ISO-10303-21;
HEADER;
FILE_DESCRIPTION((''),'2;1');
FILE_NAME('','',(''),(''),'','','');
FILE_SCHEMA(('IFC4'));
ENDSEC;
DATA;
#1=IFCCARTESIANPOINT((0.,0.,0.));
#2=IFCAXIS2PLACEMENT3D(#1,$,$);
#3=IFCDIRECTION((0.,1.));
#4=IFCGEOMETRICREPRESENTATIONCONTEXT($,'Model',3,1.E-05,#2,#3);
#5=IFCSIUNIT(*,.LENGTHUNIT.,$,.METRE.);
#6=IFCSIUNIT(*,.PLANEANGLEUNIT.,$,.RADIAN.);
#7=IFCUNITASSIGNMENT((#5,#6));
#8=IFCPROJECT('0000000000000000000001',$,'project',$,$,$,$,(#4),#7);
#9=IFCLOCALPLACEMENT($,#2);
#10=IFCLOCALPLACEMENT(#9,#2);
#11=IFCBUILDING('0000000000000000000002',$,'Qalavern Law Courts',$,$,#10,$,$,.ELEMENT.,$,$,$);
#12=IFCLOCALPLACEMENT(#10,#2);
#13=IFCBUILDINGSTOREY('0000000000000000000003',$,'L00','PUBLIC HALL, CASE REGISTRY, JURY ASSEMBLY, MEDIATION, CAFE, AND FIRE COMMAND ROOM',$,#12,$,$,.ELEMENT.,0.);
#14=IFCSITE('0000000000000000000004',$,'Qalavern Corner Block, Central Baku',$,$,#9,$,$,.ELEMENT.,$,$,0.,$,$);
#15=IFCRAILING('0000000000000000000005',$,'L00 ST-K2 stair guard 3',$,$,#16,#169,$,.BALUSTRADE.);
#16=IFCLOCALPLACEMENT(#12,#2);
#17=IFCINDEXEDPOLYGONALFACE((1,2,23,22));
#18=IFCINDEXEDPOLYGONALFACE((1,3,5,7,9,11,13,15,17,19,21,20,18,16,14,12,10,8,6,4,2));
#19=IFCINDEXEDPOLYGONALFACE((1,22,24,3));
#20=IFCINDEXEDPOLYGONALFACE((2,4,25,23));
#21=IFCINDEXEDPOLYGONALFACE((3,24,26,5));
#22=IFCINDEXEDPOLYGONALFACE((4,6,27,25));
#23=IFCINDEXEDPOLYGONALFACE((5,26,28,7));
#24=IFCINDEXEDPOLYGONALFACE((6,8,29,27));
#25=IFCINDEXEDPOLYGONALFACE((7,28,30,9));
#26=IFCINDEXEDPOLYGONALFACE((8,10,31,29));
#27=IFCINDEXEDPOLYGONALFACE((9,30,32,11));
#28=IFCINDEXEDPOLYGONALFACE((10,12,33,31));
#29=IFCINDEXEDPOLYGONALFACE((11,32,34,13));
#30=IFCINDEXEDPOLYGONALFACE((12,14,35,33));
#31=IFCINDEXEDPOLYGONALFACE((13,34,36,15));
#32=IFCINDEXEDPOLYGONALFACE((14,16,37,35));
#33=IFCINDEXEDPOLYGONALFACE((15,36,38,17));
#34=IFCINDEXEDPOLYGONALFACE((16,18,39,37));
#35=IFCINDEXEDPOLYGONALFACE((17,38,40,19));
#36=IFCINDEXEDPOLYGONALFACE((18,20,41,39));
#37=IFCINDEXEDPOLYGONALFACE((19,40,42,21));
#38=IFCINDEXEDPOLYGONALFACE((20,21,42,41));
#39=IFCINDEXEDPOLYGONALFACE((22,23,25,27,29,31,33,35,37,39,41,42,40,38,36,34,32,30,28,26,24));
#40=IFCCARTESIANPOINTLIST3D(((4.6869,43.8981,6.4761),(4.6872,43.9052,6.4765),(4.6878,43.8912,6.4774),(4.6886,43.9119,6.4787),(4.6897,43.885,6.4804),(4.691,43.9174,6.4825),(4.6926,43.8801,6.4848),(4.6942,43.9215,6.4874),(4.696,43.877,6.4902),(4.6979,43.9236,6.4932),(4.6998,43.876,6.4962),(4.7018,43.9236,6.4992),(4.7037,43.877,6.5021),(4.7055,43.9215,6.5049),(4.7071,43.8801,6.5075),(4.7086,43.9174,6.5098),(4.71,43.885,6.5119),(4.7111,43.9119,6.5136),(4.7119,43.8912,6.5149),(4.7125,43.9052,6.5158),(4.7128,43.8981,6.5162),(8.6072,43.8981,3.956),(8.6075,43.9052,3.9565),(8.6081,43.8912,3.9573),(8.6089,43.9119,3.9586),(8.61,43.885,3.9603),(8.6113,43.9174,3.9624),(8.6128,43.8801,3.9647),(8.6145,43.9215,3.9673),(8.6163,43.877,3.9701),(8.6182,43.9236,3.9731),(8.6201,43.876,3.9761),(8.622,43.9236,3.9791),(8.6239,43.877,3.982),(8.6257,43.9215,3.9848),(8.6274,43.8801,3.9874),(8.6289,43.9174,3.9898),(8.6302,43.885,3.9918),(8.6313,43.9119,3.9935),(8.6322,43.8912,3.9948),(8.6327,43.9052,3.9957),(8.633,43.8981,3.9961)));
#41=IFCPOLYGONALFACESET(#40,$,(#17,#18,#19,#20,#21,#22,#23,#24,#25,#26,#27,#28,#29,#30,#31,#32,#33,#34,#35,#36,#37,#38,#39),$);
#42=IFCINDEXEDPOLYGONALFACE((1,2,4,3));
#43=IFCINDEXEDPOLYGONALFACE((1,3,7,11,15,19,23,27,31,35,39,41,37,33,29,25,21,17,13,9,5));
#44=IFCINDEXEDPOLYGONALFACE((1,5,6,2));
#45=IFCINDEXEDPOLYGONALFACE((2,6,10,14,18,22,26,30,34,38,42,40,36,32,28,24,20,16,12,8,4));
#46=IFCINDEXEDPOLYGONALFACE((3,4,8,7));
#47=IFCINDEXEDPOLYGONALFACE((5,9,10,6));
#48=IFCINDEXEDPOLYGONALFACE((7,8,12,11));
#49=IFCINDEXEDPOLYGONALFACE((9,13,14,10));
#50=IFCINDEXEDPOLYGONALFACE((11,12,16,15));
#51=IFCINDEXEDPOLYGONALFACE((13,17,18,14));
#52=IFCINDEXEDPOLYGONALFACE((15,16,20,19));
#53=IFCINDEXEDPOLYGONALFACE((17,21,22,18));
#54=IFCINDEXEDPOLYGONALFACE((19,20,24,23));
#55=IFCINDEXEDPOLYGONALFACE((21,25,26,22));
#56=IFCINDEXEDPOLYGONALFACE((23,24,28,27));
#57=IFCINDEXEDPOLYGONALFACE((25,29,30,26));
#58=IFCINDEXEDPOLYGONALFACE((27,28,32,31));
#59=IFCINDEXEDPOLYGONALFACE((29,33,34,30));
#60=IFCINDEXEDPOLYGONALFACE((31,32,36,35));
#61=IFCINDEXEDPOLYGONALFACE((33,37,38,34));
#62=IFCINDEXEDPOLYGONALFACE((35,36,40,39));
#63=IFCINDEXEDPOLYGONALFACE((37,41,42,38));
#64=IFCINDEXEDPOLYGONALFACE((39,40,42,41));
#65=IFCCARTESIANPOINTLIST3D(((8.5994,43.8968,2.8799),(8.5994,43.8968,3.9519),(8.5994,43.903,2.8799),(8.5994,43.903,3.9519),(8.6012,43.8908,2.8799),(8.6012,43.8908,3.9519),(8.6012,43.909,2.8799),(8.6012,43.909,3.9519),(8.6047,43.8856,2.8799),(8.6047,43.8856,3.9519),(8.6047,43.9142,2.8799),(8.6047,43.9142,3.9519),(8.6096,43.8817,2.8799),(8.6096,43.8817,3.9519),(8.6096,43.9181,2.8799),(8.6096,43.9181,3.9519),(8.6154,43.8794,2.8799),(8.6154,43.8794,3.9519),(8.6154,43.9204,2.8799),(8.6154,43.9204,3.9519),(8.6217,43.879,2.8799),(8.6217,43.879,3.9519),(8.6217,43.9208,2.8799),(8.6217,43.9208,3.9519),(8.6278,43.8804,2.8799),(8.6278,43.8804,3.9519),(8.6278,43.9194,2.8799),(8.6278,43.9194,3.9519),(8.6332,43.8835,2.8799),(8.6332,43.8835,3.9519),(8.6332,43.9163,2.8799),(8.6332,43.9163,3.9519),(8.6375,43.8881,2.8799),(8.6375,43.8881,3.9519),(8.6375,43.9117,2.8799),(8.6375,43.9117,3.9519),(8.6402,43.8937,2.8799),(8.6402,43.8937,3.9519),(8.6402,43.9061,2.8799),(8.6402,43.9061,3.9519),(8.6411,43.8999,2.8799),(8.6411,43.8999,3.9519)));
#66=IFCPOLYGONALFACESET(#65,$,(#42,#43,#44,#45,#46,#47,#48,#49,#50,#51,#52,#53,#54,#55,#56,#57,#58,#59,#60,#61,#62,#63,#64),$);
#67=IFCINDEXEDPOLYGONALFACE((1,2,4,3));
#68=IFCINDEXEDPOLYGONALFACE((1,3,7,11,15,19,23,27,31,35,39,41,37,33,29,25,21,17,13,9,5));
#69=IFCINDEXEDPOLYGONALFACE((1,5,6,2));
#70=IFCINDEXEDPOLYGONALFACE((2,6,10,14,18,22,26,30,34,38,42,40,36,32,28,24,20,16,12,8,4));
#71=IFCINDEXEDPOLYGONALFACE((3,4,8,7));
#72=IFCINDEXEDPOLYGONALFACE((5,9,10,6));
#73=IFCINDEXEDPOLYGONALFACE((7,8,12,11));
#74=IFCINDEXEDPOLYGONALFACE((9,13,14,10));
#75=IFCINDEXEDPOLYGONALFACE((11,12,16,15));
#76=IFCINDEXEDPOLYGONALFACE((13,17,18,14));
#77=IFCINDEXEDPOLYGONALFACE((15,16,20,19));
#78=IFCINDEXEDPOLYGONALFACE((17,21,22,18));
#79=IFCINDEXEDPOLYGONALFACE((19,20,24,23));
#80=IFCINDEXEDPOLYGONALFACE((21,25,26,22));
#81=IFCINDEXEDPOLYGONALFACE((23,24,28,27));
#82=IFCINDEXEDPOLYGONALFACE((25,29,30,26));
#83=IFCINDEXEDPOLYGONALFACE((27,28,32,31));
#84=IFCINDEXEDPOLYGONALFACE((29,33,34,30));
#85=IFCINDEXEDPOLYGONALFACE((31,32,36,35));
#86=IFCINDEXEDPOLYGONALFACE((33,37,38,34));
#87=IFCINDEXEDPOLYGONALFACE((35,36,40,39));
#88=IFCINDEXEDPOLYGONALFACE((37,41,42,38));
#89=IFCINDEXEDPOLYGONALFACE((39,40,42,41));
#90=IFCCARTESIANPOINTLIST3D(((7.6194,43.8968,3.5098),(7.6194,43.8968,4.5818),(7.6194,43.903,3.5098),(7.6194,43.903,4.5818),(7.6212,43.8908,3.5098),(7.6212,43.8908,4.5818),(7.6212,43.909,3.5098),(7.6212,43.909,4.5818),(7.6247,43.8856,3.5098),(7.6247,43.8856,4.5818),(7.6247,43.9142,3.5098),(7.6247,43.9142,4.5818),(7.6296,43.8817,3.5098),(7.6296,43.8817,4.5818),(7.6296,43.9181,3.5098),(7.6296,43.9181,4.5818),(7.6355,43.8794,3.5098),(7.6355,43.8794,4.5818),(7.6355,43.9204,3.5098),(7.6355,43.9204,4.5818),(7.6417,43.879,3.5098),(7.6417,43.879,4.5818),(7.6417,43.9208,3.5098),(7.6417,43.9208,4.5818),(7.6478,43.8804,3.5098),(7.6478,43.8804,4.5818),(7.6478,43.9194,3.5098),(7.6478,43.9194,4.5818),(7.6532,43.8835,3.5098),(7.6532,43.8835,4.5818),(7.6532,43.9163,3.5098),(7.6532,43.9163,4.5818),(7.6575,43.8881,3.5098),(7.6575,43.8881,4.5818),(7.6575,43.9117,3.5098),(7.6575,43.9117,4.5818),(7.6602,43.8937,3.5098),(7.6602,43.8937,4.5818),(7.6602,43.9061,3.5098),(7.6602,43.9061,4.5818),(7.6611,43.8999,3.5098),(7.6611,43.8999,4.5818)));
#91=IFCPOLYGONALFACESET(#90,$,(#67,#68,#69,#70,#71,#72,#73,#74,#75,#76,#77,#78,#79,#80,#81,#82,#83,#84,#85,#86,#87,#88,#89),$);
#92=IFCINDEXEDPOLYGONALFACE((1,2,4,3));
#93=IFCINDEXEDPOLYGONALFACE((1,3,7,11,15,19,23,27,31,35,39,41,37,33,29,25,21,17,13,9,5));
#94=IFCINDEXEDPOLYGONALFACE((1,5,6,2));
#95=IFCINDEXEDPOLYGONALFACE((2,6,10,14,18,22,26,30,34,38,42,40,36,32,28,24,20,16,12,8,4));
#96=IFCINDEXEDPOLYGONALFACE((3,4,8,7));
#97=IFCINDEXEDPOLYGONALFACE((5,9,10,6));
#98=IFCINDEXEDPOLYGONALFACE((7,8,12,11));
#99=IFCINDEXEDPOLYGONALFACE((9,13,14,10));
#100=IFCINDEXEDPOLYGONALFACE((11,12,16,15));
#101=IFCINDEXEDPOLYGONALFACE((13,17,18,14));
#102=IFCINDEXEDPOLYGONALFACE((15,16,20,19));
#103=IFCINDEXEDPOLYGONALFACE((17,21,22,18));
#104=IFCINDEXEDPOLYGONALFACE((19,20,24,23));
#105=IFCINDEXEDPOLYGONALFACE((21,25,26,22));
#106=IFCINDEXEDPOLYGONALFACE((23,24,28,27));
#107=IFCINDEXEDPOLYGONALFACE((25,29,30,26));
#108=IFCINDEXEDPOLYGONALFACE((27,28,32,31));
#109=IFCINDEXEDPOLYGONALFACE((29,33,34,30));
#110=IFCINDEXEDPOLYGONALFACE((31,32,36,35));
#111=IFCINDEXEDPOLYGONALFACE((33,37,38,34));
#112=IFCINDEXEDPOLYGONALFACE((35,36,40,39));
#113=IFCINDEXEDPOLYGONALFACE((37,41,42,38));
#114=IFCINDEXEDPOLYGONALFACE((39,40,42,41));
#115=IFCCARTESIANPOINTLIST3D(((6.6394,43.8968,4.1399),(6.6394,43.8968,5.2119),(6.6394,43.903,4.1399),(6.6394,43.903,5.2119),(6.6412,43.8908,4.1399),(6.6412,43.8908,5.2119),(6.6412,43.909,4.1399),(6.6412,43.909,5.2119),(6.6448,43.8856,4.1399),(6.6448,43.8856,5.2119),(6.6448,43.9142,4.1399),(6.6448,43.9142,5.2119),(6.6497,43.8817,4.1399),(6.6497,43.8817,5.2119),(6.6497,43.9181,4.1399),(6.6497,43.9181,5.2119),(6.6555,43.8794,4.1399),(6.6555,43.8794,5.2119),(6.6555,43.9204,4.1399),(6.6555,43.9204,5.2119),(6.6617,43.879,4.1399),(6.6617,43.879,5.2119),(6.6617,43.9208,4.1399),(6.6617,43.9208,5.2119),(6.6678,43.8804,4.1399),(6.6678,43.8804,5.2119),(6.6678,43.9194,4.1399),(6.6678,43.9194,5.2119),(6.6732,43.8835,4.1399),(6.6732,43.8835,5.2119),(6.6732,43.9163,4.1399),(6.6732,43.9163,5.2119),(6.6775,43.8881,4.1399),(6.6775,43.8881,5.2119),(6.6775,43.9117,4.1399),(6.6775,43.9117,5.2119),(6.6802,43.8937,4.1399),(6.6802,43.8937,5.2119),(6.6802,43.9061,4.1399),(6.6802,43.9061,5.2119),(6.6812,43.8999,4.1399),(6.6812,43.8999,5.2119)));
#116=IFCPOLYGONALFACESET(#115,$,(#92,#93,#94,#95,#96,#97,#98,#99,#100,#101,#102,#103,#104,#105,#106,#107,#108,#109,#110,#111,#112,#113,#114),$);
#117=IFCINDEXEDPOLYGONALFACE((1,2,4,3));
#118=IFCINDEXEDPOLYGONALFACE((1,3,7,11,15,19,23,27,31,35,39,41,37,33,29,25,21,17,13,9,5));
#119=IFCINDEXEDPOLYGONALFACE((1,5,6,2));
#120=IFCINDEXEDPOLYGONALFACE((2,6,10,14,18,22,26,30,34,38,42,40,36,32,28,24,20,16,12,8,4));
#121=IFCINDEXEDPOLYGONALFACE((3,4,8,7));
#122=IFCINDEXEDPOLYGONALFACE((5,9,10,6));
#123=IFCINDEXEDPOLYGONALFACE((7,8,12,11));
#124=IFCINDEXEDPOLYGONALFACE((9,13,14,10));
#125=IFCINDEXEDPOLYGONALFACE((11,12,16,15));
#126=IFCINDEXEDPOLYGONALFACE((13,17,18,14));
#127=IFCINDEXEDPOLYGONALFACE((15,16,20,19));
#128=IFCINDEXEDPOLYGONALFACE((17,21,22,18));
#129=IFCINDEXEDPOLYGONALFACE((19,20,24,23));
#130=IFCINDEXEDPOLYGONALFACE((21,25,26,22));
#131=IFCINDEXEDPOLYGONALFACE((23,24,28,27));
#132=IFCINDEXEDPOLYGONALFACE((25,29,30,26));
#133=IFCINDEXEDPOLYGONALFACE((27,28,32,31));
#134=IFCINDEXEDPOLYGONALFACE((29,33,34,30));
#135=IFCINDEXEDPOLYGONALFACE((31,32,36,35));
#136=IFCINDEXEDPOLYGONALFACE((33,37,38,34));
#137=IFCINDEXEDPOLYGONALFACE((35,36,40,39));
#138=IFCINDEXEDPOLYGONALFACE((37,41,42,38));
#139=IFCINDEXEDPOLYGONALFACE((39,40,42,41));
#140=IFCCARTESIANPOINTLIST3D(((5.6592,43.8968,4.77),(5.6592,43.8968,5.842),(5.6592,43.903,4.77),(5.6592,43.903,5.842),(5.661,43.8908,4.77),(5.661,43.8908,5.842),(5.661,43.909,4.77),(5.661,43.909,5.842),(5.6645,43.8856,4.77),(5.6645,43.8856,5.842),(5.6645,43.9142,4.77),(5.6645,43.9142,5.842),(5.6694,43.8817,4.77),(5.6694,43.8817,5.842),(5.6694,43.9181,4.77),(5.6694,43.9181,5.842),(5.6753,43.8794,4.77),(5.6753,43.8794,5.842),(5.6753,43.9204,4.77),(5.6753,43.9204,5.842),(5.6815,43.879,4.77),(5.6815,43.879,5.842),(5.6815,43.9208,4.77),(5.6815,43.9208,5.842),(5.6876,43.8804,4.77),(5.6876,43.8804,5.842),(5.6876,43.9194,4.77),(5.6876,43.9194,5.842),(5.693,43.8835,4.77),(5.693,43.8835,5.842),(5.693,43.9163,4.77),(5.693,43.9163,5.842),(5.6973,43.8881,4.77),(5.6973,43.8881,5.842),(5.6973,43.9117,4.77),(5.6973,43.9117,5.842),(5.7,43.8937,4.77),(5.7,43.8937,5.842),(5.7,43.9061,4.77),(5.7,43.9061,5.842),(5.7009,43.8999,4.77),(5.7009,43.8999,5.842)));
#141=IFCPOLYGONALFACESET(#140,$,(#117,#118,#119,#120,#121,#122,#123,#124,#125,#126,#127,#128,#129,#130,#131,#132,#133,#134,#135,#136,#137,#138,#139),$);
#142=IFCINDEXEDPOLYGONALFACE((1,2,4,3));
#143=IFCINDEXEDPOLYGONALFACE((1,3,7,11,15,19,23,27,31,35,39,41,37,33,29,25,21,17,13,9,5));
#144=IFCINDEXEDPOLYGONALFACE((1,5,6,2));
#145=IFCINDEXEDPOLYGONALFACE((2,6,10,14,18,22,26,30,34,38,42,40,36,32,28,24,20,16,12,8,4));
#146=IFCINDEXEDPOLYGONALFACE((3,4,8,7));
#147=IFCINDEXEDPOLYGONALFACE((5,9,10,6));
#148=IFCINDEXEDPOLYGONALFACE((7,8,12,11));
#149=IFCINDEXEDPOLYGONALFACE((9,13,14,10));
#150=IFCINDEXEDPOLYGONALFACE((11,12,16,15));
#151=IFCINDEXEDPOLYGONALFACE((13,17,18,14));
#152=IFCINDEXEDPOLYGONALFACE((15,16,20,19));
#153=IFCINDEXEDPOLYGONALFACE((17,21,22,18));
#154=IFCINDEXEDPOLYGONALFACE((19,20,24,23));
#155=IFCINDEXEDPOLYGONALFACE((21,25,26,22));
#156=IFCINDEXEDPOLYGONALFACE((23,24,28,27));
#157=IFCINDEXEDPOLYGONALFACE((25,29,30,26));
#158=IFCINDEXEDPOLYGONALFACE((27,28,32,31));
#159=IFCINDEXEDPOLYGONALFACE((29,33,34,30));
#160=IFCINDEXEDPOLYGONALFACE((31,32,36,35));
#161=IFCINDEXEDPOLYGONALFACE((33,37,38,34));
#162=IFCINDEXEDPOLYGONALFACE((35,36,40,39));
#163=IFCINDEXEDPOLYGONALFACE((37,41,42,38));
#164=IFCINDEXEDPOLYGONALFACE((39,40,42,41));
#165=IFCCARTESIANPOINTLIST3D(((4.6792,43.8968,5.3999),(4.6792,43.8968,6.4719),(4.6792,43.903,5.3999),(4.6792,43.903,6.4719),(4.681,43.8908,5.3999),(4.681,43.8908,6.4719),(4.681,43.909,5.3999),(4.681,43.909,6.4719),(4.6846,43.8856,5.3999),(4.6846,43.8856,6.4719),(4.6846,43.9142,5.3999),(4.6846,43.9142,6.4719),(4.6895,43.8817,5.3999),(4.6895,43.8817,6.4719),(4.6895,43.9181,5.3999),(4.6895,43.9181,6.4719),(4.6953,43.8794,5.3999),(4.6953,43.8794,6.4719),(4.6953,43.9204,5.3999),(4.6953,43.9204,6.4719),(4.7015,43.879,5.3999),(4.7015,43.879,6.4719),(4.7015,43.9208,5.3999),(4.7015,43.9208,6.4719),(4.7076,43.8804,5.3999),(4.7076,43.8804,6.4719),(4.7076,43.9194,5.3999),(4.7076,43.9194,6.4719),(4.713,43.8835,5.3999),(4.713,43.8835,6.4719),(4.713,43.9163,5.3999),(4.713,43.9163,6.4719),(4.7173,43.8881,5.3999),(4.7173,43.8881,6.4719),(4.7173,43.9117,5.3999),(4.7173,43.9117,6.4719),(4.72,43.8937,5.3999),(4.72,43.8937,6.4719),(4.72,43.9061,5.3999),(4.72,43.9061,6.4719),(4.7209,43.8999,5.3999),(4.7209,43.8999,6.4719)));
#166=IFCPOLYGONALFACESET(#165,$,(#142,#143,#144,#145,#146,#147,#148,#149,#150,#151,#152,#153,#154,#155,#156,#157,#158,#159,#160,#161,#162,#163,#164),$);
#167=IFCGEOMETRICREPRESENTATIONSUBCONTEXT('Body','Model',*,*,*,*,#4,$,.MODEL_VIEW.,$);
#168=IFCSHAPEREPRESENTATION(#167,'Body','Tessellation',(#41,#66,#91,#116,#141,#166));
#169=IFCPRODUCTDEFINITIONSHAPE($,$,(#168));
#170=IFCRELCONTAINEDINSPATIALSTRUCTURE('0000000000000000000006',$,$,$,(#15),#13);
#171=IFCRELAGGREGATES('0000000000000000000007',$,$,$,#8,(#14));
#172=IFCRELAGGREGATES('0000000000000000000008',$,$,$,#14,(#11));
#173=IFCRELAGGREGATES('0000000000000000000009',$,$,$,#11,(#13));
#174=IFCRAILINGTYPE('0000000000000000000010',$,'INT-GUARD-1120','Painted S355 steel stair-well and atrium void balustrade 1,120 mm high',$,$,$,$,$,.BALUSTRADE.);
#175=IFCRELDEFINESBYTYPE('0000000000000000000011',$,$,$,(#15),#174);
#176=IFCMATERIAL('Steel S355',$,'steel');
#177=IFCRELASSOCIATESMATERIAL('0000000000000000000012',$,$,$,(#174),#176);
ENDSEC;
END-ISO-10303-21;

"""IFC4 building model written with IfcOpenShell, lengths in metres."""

from ifc_helpers import new_model, si_unit, direction, frame, origin, origin_2d, place, context, subcontext, project, spatial, circle, extrude, material, type_object, element, save


model = new_model("IFC4")

# Units and contexts
model_context = context("Model", 3, precision=1e-05, world=origin(), true_north=direction((0.0, 1.0)))
body_context = subcontext(model_context, "Body", "Model", "MODEL_VIEW")
ifc_project = project(units=[si_unit("LENGTHUNIT", "METRE"), si_unit("PLANEANGLEUNIT", "RADIAN")], contexts=[model_context])

# Site, building, storey
site_placement = place(None, origin())
site = spatial("IfcSite", under=ifc_project, at=site_placement, Name="Qalavern Corner Block, Central Baku", CompositionType="ELEMENT", RefElevation=0.0)
building_placement = place(site_placement, origin())
building = spatial("IfcBuilding", under=site, at=building_placement, Name="Qalavern Law Courts", CompositionType="ELEMENT")
storey_placement = place(building_placement, origin())
storey = spatial("IfcBuildingStorey", under=building, at=storey_placement, Name="L00", Description="PUBLIC HALL, CASE REGISTRY, JURY ASSEMBLY, MEDIATION, CAFE, AND FIRE COMMAND ROOM", CompositionType="ELEMENT", Elevation=0.0)

# Shared definitions
ifc_material_1 = material(Name="Steel S355", Category="steel")

# Railing
railing_type = type_object("IfcRailingType", Name="INT-GUARD-1120", Description="Painted S355 steel stair-well and atrium void balustrade 1,120 mm high", PredefinedType="BALUSTRADE", material=ifc_material_1)
railing_1_placement = place(storey_placement, frame((8.6201, 43.8999, 2.8799)))
element("IfcRailing", 1, at=railing_1_placement, inside=storey, type_object=railing_type, Name="L00 ST-K2 stair guard 3", PredefinedType="BALUSTRADE", context=body_context, shape_type="SweptSolid", body=[
    extrude(circle(Radius=0.0239, at=origin_2d()), frame((0.0, 0.0, 1.0962), z_axis=(-0.841187, 0.0, 0.540744), x_axis=(0.0, -1.0, 0.0)), (0.0, 0.0, 1.0), 4.6604),
    extrude(circle(Radius=0.021, at=origin_2d()), origin(), (0.0, 0.0, 1.0), 1.072),
    extrude(circle(Radius=0.021, at=origin_2d()), frame((-0.98, 0.0, 0.6299)), (0.0, 0.0, 1.0), 1.072),
    extrude(circle(Radius=0.021, at=origin_2d()), frame((-1.96, 0.0, 1.26)), (0.0, 0.0, 1.0), 1.072),
    extrude(circle(Radius=0.021, at=origin_2d()), frame((-2.9402, 0.0, 1.8901)), (0.0, 0.0, 1.0), 1.072),
    extrude(circle(Radius=0.021, at=origin_2d()), frame((-3.9202, 0.0, 2.52)), (0.0, 0.0, 1.0), 1.072),
])

save(model, "model.ifc")
